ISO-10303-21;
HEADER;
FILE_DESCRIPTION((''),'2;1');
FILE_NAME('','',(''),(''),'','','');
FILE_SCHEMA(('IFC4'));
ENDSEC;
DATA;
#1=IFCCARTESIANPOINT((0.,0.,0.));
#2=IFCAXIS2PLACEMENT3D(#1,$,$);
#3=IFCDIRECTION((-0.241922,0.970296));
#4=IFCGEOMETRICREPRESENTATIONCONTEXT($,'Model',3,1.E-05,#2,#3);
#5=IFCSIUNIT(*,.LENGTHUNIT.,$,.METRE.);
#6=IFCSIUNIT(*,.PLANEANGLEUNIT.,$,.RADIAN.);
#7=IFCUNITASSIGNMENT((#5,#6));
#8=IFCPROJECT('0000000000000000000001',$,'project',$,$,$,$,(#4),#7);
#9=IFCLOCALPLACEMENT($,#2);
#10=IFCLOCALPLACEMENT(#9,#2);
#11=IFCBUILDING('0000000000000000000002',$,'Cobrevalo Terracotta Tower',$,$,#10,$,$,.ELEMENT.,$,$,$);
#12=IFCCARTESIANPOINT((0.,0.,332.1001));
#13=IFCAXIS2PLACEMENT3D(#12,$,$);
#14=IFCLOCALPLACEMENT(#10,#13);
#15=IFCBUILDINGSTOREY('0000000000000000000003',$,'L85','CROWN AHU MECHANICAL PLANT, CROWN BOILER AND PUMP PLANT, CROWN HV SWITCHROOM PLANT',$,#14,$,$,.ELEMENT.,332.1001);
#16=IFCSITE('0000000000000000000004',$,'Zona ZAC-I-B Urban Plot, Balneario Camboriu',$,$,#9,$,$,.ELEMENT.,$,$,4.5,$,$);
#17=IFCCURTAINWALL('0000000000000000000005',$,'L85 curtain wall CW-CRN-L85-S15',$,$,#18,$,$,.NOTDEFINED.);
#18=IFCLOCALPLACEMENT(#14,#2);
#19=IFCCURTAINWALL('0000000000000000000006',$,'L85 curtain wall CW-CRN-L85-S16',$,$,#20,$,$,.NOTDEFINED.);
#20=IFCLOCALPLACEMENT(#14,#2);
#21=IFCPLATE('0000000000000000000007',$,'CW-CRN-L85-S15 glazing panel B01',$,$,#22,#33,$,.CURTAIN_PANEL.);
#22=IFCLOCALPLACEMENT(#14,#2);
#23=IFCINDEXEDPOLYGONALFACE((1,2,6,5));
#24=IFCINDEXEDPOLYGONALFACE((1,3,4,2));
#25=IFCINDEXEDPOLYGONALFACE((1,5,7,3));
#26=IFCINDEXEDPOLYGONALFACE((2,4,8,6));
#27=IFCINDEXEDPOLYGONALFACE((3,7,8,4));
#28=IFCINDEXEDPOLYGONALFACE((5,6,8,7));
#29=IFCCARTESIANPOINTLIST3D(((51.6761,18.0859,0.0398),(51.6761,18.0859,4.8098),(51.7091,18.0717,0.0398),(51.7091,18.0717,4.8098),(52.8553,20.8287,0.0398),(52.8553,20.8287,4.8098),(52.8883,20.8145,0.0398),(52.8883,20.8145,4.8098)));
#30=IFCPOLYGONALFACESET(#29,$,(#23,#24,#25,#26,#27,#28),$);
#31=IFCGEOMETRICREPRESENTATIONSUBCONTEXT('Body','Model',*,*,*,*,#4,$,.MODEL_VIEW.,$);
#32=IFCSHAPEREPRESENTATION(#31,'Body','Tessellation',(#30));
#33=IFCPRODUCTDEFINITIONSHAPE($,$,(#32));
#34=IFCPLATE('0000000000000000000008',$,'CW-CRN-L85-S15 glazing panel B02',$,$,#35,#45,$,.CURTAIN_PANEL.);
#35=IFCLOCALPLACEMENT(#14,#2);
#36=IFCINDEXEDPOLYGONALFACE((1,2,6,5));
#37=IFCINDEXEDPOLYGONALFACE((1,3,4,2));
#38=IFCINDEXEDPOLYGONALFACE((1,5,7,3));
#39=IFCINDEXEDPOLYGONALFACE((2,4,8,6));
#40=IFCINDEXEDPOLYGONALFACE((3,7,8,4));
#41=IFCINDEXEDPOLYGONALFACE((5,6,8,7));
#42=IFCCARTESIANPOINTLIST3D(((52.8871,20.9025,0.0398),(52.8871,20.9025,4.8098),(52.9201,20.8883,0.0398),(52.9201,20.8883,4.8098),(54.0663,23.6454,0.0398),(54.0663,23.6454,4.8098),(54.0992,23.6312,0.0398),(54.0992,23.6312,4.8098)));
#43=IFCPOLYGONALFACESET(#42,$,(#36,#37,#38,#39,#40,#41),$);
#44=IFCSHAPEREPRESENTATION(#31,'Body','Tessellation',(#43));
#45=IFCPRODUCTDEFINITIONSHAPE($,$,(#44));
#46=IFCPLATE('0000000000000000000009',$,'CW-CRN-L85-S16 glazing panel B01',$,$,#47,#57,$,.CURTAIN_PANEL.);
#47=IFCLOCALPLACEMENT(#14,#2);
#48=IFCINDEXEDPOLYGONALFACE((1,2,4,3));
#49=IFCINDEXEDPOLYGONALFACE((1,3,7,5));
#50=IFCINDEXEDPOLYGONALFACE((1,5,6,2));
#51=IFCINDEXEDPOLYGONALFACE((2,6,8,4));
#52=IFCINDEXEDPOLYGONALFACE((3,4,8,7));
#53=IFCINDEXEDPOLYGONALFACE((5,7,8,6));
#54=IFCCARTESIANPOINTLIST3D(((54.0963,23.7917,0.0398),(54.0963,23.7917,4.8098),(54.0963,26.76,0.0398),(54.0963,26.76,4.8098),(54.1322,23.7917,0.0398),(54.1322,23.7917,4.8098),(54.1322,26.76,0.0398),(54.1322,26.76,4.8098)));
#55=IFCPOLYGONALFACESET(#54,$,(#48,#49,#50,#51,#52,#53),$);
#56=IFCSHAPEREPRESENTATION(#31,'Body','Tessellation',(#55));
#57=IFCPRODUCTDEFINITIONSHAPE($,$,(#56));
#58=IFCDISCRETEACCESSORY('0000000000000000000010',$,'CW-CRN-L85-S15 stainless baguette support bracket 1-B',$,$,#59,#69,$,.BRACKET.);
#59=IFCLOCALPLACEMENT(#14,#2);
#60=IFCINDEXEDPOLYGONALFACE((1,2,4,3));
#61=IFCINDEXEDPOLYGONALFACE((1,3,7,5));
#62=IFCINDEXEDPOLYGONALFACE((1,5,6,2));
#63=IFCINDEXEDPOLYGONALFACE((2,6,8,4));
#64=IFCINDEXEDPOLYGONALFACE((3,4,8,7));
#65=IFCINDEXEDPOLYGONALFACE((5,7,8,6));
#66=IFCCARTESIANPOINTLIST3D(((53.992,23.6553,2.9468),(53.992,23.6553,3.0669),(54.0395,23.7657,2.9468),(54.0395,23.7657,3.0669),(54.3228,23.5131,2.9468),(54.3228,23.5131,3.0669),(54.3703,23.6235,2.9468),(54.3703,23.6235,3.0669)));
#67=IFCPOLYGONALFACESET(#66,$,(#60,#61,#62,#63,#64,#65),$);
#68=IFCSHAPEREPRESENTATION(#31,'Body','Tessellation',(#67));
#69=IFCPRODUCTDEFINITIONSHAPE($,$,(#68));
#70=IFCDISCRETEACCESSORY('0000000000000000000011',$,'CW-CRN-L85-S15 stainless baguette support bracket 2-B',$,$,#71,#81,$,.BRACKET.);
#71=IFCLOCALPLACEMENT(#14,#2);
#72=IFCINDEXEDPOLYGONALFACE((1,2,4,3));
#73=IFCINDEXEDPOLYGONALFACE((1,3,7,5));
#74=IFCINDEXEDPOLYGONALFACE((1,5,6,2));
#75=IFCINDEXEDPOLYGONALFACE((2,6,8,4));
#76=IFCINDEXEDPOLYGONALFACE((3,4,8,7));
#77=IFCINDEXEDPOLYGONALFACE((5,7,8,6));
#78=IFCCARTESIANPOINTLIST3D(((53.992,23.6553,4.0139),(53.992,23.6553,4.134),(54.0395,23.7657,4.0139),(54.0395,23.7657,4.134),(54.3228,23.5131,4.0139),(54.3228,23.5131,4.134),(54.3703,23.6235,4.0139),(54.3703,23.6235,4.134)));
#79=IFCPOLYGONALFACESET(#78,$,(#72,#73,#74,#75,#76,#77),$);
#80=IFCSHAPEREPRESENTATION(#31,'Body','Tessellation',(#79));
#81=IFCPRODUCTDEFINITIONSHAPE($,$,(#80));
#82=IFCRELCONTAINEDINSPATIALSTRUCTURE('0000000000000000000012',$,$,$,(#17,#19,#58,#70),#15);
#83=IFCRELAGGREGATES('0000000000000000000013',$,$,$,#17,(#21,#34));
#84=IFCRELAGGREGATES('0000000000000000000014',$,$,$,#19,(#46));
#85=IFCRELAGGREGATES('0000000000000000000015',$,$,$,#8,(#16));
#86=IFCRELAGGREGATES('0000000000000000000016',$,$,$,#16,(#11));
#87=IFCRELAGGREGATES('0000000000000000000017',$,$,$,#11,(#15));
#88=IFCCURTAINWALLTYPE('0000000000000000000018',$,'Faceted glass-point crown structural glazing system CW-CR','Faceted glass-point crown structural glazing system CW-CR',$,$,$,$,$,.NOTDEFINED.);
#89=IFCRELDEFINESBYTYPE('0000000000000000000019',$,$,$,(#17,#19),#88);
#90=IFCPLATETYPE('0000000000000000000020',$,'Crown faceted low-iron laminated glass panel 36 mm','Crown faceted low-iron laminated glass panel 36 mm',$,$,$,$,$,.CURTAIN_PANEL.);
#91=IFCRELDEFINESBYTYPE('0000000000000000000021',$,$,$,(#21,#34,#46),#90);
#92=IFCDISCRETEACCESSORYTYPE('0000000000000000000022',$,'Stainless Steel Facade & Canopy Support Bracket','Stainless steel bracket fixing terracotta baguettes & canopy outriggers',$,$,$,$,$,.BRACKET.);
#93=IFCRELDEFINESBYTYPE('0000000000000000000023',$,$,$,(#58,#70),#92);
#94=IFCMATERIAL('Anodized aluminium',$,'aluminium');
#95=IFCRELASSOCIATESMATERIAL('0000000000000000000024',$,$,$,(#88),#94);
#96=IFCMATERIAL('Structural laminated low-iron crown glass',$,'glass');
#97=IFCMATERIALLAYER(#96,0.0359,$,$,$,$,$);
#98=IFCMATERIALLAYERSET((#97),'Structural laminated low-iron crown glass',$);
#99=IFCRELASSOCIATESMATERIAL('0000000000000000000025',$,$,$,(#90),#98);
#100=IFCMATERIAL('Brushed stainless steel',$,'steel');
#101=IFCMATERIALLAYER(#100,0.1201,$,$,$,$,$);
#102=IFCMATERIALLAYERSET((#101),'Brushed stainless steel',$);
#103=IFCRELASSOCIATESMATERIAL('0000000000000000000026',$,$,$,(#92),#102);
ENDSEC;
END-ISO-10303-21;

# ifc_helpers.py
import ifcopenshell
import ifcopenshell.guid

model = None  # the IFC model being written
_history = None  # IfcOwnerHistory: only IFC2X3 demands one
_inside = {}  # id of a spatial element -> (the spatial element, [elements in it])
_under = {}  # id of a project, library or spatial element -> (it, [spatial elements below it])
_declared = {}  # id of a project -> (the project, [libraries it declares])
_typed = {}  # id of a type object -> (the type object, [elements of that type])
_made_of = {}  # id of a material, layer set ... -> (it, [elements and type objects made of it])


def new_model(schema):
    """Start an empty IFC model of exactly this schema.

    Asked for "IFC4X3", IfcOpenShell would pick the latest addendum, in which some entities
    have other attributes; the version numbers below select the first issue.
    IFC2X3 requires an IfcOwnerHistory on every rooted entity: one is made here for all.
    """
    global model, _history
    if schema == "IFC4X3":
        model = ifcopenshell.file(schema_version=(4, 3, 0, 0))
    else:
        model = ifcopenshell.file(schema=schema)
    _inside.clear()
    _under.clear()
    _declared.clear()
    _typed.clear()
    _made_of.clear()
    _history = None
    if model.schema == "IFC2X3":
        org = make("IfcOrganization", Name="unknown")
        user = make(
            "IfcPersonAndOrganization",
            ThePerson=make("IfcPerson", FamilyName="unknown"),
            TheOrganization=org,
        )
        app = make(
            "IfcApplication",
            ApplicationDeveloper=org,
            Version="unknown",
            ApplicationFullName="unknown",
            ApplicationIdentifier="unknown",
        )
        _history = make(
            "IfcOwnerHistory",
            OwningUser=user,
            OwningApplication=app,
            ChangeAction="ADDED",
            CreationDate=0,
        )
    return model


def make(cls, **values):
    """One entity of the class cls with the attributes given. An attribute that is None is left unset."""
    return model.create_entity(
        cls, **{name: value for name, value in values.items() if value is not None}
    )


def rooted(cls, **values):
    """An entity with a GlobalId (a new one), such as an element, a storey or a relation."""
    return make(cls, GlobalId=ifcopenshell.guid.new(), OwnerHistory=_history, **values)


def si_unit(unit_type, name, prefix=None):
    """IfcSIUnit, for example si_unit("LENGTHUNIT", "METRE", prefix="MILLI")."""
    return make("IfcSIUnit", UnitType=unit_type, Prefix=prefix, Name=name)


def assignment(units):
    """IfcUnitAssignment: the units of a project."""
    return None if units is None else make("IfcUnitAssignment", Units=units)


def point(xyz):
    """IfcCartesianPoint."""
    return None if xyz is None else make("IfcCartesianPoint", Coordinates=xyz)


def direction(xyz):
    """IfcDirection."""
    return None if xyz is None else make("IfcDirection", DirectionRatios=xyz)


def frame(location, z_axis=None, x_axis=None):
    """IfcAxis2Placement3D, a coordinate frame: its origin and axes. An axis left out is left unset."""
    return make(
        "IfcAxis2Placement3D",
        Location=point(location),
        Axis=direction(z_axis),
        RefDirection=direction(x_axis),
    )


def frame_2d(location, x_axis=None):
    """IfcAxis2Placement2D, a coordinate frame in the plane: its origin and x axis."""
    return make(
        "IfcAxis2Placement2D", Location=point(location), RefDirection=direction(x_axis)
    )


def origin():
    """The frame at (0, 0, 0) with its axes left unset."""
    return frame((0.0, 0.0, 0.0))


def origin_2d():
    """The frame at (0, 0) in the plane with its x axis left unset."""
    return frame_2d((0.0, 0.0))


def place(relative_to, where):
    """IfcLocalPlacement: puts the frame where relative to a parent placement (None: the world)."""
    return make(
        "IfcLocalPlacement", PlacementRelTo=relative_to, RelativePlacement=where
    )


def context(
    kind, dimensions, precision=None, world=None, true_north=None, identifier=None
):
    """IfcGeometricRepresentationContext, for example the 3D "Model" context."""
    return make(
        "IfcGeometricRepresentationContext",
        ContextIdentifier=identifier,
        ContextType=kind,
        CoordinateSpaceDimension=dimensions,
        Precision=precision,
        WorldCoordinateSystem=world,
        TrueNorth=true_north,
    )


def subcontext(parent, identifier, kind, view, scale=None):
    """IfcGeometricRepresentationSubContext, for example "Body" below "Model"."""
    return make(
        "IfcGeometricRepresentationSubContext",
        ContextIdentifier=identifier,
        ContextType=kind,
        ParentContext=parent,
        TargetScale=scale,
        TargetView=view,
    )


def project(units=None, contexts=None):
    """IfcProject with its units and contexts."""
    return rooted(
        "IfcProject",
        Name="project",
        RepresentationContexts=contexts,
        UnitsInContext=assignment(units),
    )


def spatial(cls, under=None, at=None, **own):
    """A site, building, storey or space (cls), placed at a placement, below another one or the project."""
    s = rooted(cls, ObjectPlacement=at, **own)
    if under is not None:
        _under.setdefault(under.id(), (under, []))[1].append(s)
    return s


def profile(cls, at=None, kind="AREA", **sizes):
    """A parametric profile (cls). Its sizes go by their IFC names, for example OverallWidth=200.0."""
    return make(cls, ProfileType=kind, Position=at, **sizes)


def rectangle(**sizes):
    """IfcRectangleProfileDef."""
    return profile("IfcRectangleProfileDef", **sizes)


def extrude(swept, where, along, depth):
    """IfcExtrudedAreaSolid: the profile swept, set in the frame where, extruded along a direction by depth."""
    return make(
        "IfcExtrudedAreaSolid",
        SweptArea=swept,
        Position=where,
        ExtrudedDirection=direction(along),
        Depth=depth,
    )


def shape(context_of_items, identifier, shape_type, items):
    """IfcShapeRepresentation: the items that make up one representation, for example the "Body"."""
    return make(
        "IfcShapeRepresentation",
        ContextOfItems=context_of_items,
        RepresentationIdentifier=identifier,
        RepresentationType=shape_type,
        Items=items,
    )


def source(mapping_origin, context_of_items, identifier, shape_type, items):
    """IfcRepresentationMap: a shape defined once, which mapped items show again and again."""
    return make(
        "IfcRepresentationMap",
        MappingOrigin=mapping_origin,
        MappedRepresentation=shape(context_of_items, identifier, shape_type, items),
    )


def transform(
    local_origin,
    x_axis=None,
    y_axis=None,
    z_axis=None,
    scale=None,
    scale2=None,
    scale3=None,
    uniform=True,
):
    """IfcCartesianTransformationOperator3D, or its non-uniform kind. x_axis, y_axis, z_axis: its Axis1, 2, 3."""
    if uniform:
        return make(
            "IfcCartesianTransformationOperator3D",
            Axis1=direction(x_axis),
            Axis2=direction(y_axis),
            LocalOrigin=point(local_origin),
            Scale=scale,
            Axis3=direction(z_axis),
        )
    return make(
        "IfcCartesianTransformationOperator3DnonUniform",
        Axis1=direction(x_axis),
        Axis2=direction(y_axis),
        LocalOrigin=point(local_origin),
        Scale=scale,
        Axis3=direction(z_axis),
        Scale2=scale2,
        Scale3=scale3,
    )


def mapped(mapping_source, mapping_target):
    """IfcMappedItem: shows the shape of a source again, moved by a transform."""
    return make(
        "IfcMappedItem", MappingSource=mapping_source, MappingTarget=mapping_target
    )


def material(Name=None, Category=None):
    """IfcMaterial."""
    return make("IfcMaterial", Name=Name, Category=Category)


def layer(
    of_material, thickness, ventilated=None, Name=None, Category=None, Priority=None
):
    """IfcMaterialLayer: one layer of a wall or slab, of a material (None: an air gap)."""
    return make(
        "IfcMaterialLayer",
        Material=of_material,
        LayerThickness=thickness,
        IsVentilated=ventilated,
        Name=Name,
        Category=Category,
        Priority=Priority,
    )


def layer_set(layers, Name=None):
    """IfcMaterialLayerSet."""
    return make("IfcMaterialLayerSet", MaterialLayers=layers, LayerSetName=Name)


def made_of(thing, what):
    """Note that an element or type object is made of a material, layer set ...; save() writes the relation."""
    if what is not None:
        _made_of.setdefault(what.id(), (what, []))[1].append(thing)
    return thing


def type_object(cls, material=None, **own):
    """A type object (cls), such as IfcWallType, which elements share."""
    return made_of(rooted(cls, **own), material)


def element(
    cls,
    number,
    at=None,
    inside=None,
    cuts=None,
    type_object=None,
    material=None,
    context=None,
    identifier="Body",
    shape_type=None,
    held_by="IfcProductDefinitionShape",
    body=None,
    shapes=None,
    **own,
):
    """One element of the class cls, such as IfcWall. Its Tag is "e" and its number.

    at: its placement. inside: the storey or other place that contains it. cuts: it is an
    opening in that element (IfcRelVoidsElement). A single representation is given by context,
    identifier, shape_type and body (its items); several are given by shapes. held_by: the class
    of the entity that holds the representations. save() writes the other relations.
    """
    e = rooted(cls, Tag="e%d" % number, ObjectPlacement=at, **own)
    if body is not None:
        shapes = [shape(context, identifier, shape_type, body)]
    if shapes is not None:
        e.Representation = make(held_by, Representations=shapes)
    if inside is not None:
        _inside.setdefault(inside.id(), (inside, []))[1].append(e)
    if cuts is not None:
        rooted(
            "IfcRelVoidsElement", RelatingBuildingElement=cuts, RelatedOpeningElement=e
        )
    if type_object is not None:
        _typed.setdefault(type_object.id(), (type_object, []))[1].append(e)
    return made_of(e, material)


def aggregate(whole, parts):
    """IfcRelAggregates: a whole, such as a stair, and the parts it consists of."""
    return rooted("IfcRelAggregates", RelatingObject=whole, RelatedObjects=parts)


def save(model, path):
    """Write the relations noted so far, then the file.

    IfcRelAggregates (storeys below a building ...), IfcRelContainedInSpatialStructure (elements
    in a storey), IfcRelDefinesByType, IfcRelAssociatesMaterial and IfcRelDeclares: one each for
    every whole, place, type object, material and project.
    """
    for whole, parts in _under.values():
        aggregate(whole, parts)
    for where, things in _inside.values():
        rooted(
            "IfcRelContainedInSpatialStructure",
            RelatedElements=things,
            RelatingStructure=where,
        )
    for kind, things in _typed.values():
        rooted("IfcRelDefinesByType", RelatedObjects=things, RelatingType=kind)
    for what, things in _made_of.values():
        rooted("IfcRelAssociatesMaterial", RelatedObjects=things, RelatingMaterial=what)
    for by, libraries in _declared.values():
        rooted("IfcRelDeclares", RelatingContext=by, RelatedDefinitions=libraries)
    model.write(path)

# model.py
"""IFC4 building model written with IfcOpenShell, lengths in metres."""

from ifc_helpers import new_model, si_unit, direction, frame, origin, origin_2d, place, context, subcontext, project, spatial, rectangle, extrude, source, transform, mapped, material, layer, layer_set, type_object, element, aggregate, save


model = new_model("IFC4")

# Units and contexts
model_context = context("Model", 3, precision=1e-05, world=origin(), true_north=direction((-0.241922, 0.970296)))
body_context = subcontext(model_context, "Body", "Model", "MODEL_VIEW")
ifc_project = project(units=[si_unit("LENGTHUNIT", "METRE"), si_unit("PLANEANGLEUNIT", "RADIAN")], contexts=[model_context])

# Site, building, storey
site_placement = place(None, origin())
site = spatial("IfcSite", under=ifc_project, at=site_placement, Name="Zona ZAC-I-B Urban Plot, Balneario Camboriu", CompositionType="ELEMENT", RefElevation=4.5)
building_placement = place(site_placement, origin())
building = spatial("IfcBuilding", under=site, at=building_placement, Name="Cobrevalo Terracotta Tower", CompositionType="ELEMENT")
storey_placement = place(building_placement, frame((0.0, 0.0, 332.1001)))
storey = spatial("IfcBuildingStorey", under=building, at=storey_placement, Name="L85", Description="CROWN AHU MECHANICAL PLANT, CROWN BOILER AND PUMP PLANT, CROWN HV SWITCHROOM PLANT", CompositionType="ELEMENT", Elevation=332.1001)

# Curtain walls
ifc_material_1 = material(Name="Anodized aluminium", Category="aluminium")
curtain_wall_type = type_object("IfcCurtainWallType", Name="Faceted glass-point crown structural glazing system CW-CR", Description="Faceted glass-point crown structural glazing system CW-CR", PredefinedType="NOTDEFINED", material=ifc_material_1)
curtain_wall_1_placement = place(storey_placement, origin())
curtain_wall_1 = element("IfcCurtainWall", 1, at=curtain_wall_1_placement, inside=storey, type_object=curtain_wall_type, Name="L85 curtain wall CW-CRN-L85-S15", PredefinedType="NOTDEFINED")
curtain_wall_2_placement = place(storey_placement, origin())
curtain_wall_2 = element("IfcCurtainWall", 2, at=curtain_wall_2_placement, inside=storey, type_object=curtain_wall_type, Name="L85 curtain wall CW-CRN-L85-S16", PredefinedType="NOTDEFINED")

# Plates
ifc_material_2 = material(Name="Structural laminated low-iron crown glass", Category="glass")
ifc_layer_1 = layer(ifc_material_2, 0.0359)
ifc_layer_set_1 = layer_set([ifc_layer_1], Name="Structural laminated low-iron crown glass")
plate_type_1 = type_object("IfcPlateType", Name="Crown faceted low-iron laminated glass panel 36 mm", Description="Crown faceted low-iron laminated glass panel 36 mm", PredefinedType="CURTAIN_PANEL", material=ifc_layer_set_1)
shared_shape_1 = source(origin(), body_context, "Body", "SweptSolid", [
    extrude(rectangle(XDim=2.9856, YDim=0.0359, at=origin_2d()), origin(), (0.0, 0.0, 1.0), 4.77),
])
plate_1_placement = place(storey_placement, frame((52.2822, 19.4502, 0.0398), z_axis=(0.0, 0.0, 1.0), x_axis=(0.39496, 0.918698, 0.0)))
plate_1 = element("IfcPlate", 3, at=plate_1_placement, type_object=plate_type_1, Name="CW-CRN-L85-S15 glazing panel B01", PredefinedType="CURTAIN_PANEL", context=body_context, shape_type="MappedRepresentation", body=[
    mapped(shared_shape_1, transform((0.0, 0.0, 0.0), scale=1.0)),
])
plate_2_placement = place(storey_placement, frame((53.4932, 22.2668, 0.0398), z_axis=(0.0, 0.0, 1.0), x_axis=(0.39496, 0.918698, 0.0)))
plate_2 = element("IfcPlate", 4, at=plate_2_placement, type_object=plate_type_1, Name="CW-CRN-L85-S15 glazing panel B02", PredefinedType="CURTAIN_PANEL", context=body_context, shape_type="MappedRepresentation", body=[
    mapped(shared_shape_1, transform((0.0, 0.0, 0.0), scale=1.0)),
])
aggregate(curtain_wall_1, [plate_1, plate_2])
shared_shape_2 = source(origin(), body_context, "Body", "SweptSolid", [
    extrude(rectangle(XDim=2.9683, YDim=0.0359, at=origin_2d()), origin(), (0.0, 0.0, 1.0), 4.77),
])
plate_3_placement = place(storey_placement, frame((54.1143, 25.2759, 0.0398), z_axis=(0.0, 0.0, 1.0), x_axis=(0.0, 1.0, 0.0)))
plate_3 = element("IfcPlate", 5, at=plate_3_placement, type_object=plate_type_1, Name="CW-CRN-L85-S16 glazing panel B01", PredefinedType="CURTAIN_PANEL", context=body_context, shape_type="MappedRepresentation", body=[
    mapped(shared_shape_2, transform((0.0, 0.0, 0.0), scale=1.0)),
])
aggregate(curtain_wall_2, [plate_3])

# Discrete accessories
ifc_material_3 = material(Name="Brushed stainless steel", Category="steel")
ifc_layer_2 = layer(ifc_material_3, 0.1201)
ifc_layer_set_2 = layer_set([ifc_layer_2], Name="Brushed stainless steel")
discrete_accessory_type = type_object("IfcDiscreteAccessoryType", Name="Stainless Steel Facade & Canopy Support Bracket", Description="Stainless steel bracket fixing terracotta baguettes & canopy outriggers", PredefinedType="BRACKET", material=ifc_layer_set_2)
shared_shape_3 = source(origin(), body_context, "Body", "SweptSolid", [
    extrude(rectangle(XDim=0.1201, YDim=0.3601, at=origin_2d()), origin(), (0.0, 0.0, 1.0), 0.1201),
])
for number, where, z_axis, x_axis, name in (
    (6, (54.1812, 23.6394, 2.9468), (0.0, 0.0, 1.0), (0.39496, 0.918698, 0.0), "CW-CRN-L85-S15 stainless baguette support bracket 1-B"),
    (7, (54.1812, 23.6394, 4.0139), (0.0, 0.0, 1.0), (0.39496, 0.918698, 0.0), "CW-CRN-L85-S15 stainless baguette support bracket 2-B"),
):
    element("IfcDiscreteAccessory", number, at=place(storey_placement, frame(where, z_axis=z_axis, x_axis=x_axis)), inside=storey, type_object=discrete_accessory_type, Name=name, PredefinedType="BRACKET", context=body_context, shape_type="MappedRepresentation", body=[
        mapped(shared_shape_3, transform((0.0, 0.0, 0.0), scale=1.0)),
    ])

save(model, "model.ifc")
